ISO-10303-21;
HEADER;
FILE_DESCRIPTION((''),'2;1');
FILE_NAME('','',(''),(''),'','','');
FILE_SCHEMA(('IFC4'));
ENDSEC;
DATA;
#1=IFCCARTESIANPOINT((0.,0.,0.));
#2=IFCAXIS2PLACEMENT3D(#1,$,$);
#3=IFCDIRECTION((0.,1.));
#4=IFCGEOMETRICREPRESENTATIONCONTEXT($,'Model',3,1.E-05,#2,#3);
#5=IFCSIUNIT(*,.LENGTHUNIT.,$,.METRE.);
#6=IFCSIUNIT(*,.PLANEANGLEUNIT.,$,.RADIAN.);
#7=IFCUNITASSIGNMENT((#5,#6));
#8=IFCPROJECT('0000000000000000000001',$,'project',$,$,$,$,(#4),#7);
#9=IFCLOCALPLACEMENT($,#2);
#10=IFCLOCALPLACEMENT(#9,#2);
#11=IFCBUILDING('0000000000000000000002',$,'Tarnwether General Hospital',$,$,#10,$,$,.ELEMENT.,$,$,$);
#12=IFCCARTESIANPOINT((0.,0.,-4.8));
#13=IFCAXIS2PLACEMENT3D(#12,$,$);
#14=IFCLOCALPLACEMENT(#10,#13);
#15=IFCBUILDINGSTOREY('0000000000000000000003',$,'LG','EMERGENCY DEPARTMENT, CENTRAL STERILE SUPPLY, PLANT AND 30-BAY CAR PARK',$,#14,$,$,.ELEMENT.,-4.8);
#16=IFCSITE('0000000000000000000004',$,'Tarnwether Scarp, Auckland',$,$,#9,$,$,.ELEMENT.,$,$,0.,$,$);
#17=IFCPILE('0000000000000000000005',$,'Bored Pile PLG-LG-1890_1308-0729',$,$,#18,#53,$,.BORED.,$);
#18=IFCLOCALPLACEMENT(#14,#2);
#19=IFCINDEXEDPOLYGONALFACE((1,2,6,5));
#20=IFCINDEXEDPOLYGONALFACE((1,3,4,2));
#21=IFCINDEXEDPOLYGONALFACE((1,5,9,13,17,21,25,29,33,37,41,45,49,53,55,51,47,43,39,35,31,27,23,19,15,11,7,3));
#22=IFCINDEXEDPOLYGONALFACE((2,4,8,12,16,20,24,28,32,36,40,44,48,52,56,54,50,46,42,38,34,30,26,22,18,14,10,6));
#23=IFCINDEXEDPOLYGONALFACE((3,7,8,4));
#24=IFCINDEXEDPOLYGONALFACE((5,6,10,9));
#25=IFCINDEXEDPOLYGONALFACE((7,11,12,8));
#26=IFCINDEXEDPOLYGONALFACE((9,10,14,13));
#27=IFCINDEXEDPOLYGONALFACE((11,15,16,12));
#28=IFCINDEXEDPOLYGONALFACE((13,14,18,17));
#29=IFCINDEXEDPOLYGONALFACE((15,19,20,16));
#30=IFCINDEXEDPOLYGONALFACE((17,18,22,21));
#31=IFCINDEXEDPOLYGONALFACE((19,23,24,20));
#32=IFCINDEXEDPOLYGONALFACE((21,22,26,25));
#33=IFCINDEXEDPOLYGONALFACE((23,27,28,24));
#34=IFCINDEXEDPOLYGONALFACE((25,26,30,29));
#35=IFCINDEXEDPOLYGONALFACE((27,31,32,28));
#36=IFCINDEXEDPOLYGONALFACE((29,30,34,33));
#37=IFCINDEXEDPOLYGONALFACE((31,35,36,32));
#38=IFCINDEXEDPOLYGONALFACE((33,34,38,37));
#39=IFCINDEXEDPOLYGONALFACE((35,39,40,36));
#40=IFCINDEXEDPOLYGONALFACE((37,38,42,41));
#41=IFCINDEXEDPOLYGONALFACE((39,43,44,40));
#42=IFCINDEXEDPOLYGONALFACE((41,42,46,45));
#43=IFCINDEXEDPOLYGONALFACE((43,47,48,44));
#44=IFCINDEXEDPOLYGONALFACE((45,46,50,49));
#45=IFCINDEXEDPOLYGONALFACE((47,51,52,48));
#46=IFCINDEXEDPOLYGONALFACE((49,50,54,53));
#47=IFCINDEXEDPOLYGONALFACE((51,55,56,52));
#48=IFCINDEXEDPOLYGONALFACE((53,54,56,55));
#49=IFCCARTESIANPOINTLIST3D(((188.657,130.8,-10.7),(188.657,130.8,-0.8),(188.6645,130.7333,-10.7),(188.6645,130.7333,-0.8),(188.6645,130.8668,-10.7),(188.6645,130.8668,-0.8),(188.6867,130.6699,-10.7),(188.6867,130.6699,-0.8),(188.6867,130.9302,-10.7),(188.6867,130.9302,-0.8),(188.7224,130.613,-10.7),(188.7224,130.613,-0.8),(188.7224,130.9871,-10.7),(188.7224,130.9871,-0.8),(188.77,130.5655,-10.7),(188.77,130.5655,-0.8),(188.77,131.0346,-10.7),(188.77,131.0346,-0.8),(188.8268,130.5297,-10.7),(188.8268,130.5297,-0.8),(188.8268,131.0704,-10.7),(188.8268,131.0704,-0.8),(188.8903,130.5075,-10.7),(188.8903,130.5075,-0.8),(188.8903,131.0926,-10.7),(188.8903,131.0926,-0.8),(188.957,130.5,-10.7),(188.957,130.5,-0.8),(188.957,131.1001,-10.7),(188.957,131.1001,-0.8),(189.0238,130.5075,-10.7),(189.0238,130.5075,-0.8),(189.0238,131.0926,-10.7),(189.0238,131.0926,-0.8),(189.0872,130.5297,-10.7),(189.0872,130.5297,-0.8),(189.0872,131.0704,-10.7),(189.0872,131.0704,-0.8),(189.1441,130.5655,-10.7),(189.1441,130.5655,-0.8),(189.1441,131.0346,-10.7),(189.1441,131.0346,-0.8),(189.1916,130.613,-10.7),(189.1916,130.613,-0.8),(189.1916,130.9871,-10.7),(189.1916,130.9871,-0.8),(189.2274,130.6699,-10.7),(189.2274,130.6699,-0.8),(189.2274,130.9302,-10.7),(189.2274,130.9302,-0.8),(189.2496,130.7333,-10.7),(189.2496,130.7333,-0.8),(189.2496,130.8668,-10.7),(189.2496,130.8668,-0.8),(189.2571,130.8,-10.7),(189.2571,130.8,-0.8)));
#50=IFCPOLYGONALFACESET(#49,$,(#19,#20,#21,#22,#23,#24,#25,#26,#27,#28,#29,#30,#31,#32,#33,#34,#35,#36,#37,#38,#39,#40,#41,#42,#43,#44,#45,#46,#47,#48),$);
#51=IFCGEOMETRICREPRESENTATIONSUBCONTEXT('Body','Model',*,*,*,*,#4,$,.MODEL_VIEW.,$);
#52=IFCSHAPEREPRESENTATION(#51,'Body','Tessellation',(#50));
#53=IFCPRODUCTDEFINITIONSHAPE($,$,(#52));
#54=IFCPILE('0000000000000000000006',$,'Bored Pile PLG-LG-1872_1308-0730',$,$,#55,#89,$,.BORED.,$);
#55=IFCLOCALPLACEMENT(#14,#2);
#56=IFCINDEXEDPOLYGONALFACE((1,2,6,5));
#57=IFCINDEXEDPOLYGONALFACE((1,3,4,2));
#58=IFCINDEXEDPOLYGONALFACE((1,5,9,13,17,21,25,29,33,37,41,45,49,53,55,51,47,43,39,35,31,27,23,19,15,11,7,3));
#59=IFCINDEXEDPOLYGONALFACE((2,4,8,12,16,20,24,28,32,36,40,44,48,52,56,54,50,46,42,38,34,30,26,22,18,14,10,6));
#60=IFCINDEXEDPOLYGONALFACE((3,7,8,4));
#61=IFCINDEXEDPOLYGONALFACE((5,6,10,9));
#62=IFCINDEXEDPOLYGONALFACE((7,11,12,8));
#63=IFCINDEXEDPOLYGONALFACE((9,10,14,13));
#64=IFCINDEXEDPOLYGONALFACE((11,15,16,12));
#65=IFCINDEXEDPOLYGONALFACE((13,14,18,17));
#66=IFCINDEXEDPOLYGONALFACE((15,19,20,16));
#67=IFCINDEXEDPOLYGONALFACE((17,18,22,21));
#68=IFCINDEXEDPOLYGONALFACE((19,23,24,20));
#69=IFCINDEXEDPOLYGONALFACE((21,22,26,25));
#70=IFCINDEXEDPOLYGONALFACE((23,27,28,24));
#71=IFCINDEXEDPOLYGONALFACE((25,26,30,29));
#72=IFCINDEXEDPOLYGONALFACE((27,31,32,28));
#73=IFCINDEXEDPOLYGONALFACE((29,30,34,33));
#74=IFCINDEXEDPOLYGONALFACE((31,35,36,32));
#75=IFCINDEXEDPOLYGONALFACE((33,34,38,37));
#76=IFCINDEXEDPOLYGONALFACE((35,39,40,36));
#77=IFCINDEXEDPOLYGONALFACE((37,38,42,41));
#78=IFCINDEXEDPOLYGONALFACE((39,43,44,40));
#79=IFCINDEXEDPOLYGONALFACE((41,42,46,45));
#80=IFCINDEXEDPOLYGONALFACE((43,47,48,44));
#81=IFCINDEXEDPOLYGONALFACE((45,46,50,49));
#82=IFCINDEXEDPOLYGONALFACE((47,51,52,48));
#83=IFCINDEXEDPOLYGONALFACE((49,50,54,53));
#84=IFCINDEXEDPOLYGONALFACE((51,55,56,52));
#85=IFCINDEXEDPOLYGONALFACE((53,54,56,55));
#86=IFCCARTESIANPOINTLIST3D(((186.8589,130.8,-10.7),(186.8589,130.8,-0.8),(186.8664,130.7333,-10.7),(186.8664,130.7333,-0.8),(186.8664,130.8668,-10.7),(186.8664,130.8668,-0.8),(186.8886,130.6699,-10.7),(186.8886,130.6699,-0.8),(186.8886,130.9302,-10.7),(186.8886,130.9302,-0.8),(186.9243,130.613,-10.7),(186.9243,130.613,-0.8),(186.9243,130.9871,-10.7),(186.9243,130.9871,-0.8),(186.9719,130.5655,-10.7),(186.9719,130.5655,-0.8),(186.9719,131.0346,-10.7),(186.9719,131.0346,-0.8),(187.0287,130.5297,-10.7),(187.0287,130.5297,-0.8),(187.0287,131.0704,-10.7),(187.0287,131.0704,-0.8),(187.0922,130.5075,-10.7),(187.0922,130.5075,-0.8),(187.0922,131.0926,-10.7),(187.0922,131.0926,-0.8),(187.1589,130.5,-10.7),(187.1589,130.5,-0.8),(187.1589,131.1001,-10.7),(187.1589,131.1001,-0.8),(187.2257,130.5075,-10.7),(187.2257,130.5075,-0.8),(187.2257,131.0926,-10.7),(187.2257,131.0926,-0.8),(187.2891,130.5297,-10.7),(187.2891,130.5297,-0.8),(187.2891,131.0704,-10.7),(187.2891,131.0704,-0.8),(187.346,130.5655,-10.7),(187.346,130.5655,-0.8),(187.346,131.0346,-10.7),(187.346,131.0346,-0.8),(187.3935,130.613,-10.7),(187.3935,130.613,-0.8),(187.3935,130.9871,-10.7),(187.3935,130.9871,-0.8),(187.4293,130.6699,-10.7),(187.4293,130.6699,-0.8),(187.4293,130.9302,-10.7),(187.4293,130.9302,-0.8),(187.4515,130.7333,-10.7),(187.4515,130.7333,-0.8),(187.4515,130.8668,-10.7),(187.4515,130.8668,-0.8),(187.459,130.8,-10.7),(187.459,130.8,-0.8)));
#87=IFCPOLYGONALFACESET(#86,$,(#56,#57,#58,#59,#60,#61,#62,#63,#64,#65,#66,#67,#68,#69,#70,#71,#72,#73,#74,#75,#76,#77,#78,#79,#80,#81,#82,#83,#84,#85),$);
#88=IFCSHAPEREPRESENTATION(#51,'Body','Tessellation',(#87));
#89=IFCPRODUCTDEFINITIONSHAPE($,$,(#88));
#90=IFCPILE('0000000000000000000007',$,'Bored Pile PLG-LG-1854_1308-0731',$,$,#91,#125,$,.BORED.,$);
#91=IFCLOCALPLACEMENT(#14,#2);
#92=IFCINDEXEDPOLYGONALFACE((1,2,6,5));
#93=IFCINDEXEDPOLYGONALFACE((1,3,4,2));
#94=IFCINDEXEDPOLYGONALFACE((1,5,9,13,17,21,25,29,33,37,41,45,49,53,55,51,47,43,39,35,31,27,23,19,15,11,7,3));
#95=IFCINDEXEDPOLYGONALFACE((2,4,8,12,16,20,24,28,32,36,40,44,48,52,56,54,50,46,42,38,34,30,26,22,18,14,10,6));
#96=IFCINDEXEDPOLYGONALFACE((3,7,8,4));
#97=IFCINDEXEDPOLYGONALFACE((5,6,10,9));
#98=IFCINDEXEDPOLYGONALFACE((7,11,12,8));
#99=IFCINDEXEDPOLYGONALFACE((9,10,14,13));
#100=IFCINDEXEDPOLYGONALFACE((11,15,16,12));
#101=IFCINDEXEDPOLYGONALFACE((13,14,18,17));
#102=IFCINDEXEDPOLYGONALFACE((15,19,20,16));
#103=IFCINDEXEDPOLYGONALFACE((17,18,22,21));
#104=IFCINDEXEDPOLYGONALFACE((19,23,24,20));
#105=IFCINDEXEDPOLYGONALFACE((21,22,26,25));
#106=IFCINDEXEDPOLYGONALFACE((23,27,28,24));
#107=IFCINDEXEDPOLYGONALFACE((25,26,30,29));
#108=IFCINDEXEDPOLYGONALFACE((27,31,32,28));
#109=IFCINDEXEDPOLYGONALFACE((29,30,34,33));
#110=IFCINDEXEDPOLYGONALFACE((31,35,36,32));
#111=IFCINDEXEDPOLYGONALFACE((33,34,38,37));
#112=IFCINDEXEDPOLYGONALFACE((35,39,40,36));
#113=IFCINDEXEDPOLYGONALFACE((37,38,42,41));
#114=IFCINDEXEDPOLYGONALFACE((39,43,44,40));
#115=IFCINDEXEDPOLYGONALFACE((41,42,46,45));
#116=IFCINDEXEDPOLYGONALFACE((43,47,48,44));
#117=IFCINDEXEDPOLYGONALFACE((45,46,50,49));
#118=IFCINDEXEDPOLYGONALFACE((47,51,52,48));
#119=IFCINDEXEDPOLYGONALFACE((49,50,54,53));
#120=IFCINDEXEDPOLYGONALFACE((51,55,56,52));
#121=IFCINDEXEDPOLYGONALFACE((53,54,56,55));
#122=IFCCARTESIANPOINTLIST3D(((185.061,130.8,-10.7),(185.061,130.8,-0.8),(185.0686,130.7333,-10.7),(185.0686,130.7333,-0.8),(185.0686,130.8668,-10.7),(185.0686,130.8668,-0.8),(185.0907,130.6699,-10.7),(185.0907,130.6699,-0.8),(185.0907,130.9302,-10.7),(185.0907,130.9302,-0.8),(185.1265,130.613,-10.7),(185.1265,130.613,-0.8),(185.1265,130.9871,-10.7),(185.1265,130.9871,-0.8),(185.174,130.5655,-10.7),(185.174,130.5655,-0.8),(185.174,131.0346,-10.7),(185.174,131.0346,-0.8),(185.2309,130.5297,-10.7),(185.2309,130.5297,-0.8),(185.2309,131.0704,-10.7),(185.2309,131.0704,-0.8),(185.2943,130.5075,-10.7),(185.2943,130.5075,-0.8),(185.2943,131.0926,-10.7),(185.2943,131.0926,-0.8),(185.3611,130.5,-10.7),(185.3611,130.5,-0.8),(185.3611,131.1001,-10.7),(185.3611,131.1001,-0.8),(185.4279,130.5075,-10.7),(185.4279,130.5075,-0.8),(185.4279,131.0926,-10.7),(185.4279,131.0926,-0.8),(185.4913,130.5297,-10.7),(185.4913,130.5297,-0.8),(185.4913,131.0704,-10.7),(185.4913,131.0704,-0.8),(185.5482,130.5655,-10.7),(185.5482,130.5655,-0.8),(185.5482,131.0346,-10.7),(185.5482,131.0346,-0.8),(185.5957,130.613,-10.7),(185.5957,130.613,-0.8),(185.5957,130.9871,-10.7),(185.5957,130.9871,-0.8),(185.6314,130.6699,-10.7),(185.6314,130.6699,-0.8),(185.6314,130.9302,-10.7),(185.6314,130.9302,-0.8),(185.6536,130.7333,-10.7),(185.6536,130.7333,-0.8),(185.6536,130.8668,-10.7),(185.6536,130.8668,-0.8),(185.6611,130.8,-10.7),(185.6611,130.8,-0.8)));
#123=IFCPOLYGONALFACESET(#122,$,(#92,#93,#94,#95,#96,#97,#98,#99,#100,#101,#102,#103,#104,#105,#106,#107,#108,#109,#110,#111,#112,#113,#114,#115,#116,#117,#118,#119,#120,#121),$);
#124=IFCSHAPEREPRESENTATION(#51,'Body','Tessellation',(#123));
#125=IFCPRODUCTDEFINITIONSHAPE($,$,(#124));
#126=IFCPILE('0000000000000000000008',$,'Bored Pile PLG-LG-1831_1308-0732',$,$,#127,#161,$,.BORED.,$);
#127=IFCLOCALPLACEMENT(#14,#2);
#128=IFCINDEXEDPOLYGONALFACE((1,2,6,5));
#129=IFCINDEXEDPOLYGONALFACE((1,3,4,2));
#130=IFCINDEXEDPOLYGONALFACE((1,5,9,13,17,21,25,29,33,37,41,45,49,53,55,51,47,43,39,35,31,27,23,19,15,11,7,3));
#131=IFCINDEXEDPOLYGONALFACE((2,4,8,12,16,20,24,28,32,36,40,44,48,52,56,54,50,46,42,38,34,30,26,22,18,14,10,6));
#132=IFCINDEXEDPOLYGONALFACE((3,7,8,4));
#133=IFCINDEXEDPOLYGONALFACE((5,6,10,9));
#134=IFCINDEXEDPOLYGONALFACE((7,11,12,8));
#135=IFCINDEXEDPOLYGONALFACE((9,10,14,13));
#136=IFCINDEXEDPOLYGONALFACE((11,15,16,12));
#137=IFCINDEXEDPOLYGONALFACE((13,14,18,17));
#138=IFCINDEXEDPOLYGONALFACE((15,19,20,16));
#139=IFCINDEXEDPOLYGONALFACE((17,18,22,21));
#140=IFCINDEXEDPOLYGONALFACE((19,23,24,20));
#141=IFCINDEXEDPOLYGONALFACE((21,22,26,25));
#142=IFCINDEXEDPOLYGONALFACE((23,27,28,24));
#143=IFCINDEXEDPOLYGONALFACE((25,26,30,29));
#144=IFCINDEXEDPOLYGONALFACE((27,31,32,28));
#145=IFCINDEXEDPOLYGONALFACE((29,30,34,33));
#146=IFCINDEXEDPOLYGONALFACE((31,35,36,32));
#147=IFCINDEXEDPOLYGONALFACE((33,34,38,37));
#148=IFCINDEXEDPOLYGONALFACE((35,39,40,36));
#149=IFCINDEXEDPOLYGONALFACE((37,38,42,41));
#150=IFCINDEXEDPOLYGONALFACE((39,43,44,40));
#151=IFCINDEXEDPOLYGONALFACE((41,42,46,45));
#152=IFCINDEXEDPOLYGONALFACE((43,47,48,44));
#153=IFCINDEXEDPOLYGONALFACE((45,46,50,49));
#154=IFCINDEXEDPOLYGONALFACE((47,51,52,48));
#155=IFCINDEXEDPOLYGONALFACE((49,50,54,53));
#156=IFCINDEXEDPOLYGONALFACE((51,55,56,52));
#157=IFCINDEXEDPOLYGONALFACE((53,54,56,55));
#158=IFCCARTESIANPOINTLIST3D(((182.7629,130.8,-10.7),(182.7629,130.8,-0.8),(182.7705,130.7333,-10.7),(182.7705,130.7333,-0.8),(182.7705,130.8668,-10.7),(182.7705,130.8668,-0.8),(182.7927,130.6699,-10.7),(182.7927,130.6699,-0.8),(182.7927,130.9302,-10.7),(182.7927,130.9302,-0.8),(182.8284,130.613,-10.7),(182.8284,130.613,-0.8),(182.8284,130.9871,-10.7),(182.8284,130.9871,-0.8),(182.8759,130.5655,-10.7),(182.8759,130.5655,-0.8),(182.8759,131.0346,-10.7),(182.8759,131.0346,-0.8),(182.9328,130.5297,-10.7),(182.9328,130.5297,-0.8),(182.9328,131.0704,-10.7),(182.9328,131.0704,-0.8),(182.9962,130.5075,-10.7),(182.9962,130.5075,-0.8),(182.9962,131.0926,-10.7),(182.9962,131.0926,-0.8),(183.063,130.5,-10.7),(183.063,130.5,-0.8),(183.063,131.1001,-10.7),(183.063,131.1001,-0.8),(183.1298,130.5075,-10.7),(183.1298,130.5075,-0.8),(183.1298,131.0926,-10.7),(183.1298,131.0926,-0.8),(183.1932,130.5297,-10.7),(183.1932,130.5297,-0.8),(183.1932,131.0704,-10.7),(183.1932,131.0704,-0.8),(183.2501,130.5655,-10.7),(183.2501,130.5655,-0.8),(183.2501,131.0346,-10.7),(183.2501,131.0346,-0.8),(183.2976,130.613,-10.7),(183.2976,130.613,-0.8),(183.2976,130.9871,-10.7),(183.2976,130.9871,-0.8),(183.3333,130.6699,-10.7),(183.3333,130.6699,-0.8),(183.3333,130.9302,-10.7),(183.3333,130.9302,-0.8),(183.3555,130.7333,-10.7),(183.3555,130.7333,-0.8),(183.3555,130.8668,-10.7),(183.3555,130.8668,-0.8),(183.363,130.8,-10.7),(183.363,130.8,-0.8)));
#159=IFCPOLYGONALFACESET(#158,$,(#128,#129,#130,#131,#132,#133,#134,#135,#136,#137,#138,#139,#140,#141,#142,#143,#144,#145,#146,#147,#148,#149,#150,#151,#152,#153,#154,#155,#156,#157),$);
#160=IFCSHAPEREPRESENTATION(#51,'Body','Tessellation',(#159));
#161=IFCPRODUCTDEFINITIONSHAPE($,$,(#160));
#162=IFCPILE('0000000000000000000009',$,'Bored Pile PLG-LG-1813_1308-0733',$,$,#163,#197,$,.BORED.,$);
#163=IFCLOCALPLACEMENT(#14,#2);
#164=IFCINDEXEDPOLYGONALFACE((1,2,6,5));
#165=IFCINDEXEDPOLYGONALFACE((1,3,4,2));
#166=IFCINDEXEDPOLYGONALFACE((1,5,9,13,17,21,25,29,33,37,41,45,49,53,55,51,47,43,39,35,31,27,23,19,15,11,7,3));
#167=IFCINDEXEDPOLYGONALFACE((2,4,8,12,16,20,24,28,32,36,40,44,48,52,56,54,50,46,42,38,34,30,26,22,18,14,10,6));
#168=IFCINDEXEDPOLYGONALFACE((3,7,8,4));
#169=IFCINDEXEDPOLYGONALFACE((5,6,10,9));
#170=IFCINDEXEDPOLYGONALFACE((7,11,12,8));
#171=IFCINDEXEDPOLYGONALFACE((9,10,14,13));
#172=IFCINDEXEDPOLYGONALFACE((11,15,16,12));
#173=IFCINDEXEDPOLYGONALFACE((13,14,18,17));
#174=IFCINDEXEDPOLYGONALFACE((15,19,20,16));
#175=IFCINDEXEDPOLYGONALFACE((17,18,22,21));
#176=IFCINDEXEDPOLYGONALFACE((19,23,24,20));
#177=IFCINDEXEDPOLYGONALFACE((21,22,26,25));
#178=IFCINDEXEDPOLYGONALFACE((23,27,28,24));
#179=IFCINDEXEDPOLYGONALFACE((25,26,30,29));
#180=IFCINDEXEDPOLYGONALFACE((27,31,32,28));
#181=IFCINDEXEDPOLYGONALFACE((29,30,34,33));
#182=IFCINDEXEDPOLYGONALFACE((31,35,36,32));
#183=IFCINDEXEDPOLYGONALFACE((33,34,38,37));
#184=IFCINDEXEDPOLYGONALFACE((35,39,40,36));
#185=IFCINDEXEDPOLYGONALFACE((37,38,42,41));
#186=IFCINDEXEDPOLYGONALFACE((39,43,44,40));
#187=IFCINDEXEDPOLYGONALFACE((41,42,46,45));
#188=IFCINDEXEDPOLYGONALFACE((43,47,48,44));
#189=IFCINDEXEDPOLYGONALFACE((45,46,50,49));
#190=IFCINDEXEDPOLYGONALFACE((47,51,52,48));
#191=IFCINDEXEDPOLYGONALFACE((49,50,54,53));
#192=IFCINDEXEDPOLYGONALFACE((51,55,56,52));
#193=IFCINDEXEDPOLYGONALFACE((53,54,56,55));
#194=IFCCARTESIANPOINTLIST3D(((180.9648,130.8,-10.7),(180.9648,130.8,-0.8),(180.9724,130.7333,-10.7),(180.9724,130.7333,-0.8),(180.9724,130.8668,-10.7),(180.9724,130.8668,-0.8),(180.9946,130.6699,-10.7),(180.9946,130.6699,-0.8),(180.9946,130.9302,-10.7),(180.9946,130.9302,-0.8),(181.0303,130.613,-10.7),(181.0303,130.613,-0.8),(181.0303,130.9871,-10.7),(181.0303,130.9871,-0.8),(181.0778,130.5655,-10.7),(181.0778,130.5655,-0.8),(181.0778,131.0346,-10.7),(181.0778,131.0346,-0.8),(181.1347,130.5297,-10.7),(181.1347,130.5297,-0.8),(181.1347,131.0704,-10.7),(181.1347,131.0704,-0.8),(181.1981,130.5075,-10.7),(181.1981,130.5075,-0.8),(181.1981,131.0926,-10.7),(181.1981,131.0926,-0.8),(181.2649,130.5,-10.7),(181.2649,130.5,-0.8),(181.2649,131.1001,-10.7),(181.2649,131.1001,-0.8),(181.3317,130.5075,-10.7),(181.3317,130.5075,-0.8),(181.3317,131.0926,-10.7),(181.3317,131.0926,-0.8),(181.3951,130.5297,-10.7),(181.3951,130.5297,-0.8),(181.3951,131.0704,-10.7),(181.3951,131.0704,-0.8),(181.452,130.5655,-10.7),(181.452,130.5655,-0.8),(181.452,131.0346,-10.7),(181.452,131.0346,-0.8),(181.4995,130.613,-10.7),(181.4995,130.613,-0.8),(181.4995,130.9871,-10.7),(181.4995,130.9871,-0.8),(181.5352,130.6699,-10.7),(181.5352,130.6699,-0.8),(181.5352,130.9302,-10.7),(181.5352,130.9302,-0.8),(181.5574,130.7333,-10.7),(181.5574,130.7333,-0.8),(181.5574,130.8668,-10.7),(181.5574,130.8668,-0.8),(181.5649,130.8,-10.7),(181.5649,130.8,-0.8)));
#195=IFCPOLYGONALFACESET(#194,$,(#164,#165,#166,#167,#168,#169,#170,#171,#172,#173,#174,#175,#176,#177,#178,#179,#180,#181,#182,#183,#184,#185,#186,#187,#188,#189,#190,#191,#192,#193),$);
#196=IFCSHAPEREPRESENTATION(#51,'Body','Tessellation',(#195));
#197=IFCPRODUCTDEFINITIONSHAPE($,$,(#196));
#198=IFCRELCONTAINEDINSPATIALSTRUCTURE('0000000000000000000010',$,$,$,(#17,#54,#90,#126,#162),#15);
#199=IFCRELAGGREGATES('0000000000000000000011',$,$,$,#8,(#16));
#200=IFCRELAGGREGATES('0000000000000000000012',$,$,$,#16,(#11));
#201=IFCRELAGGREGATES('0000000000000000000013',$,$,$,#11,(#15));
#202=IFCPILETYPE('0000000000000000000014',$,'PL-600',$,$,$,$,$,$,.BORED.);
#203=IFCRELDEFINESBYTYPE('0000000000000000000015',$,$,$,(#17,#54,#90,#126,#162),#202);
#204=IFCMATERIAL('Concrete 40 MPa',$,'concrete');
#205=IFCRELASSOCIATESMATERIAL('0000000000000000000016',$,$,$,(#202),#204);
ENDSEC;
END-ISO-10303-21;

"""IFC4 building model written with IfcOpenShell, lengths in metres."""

from ifc_helpers import new_model, si_unit, direction, frame, origin, origin_2d, place, context, subcontext, project, spatial, circle, extrude, material, material_profile, profile_set, type_object, element, save


model = new_model("IFC4")

# Units and contexts
model_context = context("Model", 3, precision=1e-05, world=origin(), true_north=direction((0.0, 1.0)))
body_context = subcontext(model_context, "Body", "Model", "MODEL_VIEW")
ifc_project = project(units=[si_unit("LENGTHUNIT", "METRE"), si_unit("PLANEANGLEUNIT", "RADIAN")], contexts=[model_context])

# Site, building, storey
site_placement = place(None, origin())
site = spatial("IfcSite", under=ifc_project, at=site_placement, Name="Tarnwether Scarp, Auckland", CompositionType="ELEMENT", RefElevation=0.0)
building_placement = place(site_placement, origin())
building = spatial("IfcBuilding", under=site, at=building_placement, Name="Tarnwether General Hospital", CompositionType="ELEMENT")
storey_placement = place(building_placement, frame((0.0, 0.0, -4.8)))
storey = spatial("IfcBuildingStorey", under=building, at=storey_placement, Name="LG", Description="EMERGENCY DEPARTMENT, CENTRAL STERILE SUPPLY, PLANT AND 30-BAY CAR PARK", CompositionType="ELEMENT", Elevation=-4.8)

# Piles
ifc_material_1 = material(Name="Concrete 40 MPa", Category="concrete")
ifc_material_profile_1 = material_profile(ifc_material_1, circle(Radius=0.3, at=origin_2d()), Name="PILE-D600")
ifc_profile_set_1 = profile_set([ifc_material_profile_1], Name="Concrete 40 MPa")
pile_type_1 = type_object("IfcPileType", Name="PL-600", PredefinedType="BORED", material=ifc_profile_set_1)
for number, where, z_axis, x_axis, name in (
    (1, (188.957, 130.8, -0.8), (0.0, 0.0, -1.0), (1.0, 0.0, 0.0), "Bored Pile PLG-LG-1890_1308-0729"),
    (2, (187.1589, 130.8, -0.8), (0.0, 0.0, -1.0), (1.0, 0.0, 0.0), "Bored Pile PLG-LG-1872_1308-0730"),
    (3, (185.3611, 130.8, -0.8), (0.0, 0.0, -1.0), (1.0, 0.0, 0.0), "Bored Pile PLG-LG-1854_1308-0731"),
    (4, (183.063, 130.8, -0.8), (0.0, 0.0, -1.0), (1.0, 0.0, 0.0), "Bored Pile PLG-LG-1831_1308-0732"),
    (5, (181.2649, 130.8, -0.8), (0.0, 0.0, -1.0), (1.0, 0.0, 0.0), "Bored Pile PLG-LG-1813_1308-0733"),
):
    element("IfcPile", number, at=place(storey_placement, frame(where, z_axis=z_axis, x_axis=x_axis)), inside=storey, type_object=pile_type_1, Name=name, PredefinedType="BORED", context=body_context, shape_type="SweptSolid", body=[
        extrude(circle(Radius=0.3, at=origin_2d()), origin(), (0.0, 0.0, 1.0), 9.8999),
    ])

save(model, "model.ifc")
